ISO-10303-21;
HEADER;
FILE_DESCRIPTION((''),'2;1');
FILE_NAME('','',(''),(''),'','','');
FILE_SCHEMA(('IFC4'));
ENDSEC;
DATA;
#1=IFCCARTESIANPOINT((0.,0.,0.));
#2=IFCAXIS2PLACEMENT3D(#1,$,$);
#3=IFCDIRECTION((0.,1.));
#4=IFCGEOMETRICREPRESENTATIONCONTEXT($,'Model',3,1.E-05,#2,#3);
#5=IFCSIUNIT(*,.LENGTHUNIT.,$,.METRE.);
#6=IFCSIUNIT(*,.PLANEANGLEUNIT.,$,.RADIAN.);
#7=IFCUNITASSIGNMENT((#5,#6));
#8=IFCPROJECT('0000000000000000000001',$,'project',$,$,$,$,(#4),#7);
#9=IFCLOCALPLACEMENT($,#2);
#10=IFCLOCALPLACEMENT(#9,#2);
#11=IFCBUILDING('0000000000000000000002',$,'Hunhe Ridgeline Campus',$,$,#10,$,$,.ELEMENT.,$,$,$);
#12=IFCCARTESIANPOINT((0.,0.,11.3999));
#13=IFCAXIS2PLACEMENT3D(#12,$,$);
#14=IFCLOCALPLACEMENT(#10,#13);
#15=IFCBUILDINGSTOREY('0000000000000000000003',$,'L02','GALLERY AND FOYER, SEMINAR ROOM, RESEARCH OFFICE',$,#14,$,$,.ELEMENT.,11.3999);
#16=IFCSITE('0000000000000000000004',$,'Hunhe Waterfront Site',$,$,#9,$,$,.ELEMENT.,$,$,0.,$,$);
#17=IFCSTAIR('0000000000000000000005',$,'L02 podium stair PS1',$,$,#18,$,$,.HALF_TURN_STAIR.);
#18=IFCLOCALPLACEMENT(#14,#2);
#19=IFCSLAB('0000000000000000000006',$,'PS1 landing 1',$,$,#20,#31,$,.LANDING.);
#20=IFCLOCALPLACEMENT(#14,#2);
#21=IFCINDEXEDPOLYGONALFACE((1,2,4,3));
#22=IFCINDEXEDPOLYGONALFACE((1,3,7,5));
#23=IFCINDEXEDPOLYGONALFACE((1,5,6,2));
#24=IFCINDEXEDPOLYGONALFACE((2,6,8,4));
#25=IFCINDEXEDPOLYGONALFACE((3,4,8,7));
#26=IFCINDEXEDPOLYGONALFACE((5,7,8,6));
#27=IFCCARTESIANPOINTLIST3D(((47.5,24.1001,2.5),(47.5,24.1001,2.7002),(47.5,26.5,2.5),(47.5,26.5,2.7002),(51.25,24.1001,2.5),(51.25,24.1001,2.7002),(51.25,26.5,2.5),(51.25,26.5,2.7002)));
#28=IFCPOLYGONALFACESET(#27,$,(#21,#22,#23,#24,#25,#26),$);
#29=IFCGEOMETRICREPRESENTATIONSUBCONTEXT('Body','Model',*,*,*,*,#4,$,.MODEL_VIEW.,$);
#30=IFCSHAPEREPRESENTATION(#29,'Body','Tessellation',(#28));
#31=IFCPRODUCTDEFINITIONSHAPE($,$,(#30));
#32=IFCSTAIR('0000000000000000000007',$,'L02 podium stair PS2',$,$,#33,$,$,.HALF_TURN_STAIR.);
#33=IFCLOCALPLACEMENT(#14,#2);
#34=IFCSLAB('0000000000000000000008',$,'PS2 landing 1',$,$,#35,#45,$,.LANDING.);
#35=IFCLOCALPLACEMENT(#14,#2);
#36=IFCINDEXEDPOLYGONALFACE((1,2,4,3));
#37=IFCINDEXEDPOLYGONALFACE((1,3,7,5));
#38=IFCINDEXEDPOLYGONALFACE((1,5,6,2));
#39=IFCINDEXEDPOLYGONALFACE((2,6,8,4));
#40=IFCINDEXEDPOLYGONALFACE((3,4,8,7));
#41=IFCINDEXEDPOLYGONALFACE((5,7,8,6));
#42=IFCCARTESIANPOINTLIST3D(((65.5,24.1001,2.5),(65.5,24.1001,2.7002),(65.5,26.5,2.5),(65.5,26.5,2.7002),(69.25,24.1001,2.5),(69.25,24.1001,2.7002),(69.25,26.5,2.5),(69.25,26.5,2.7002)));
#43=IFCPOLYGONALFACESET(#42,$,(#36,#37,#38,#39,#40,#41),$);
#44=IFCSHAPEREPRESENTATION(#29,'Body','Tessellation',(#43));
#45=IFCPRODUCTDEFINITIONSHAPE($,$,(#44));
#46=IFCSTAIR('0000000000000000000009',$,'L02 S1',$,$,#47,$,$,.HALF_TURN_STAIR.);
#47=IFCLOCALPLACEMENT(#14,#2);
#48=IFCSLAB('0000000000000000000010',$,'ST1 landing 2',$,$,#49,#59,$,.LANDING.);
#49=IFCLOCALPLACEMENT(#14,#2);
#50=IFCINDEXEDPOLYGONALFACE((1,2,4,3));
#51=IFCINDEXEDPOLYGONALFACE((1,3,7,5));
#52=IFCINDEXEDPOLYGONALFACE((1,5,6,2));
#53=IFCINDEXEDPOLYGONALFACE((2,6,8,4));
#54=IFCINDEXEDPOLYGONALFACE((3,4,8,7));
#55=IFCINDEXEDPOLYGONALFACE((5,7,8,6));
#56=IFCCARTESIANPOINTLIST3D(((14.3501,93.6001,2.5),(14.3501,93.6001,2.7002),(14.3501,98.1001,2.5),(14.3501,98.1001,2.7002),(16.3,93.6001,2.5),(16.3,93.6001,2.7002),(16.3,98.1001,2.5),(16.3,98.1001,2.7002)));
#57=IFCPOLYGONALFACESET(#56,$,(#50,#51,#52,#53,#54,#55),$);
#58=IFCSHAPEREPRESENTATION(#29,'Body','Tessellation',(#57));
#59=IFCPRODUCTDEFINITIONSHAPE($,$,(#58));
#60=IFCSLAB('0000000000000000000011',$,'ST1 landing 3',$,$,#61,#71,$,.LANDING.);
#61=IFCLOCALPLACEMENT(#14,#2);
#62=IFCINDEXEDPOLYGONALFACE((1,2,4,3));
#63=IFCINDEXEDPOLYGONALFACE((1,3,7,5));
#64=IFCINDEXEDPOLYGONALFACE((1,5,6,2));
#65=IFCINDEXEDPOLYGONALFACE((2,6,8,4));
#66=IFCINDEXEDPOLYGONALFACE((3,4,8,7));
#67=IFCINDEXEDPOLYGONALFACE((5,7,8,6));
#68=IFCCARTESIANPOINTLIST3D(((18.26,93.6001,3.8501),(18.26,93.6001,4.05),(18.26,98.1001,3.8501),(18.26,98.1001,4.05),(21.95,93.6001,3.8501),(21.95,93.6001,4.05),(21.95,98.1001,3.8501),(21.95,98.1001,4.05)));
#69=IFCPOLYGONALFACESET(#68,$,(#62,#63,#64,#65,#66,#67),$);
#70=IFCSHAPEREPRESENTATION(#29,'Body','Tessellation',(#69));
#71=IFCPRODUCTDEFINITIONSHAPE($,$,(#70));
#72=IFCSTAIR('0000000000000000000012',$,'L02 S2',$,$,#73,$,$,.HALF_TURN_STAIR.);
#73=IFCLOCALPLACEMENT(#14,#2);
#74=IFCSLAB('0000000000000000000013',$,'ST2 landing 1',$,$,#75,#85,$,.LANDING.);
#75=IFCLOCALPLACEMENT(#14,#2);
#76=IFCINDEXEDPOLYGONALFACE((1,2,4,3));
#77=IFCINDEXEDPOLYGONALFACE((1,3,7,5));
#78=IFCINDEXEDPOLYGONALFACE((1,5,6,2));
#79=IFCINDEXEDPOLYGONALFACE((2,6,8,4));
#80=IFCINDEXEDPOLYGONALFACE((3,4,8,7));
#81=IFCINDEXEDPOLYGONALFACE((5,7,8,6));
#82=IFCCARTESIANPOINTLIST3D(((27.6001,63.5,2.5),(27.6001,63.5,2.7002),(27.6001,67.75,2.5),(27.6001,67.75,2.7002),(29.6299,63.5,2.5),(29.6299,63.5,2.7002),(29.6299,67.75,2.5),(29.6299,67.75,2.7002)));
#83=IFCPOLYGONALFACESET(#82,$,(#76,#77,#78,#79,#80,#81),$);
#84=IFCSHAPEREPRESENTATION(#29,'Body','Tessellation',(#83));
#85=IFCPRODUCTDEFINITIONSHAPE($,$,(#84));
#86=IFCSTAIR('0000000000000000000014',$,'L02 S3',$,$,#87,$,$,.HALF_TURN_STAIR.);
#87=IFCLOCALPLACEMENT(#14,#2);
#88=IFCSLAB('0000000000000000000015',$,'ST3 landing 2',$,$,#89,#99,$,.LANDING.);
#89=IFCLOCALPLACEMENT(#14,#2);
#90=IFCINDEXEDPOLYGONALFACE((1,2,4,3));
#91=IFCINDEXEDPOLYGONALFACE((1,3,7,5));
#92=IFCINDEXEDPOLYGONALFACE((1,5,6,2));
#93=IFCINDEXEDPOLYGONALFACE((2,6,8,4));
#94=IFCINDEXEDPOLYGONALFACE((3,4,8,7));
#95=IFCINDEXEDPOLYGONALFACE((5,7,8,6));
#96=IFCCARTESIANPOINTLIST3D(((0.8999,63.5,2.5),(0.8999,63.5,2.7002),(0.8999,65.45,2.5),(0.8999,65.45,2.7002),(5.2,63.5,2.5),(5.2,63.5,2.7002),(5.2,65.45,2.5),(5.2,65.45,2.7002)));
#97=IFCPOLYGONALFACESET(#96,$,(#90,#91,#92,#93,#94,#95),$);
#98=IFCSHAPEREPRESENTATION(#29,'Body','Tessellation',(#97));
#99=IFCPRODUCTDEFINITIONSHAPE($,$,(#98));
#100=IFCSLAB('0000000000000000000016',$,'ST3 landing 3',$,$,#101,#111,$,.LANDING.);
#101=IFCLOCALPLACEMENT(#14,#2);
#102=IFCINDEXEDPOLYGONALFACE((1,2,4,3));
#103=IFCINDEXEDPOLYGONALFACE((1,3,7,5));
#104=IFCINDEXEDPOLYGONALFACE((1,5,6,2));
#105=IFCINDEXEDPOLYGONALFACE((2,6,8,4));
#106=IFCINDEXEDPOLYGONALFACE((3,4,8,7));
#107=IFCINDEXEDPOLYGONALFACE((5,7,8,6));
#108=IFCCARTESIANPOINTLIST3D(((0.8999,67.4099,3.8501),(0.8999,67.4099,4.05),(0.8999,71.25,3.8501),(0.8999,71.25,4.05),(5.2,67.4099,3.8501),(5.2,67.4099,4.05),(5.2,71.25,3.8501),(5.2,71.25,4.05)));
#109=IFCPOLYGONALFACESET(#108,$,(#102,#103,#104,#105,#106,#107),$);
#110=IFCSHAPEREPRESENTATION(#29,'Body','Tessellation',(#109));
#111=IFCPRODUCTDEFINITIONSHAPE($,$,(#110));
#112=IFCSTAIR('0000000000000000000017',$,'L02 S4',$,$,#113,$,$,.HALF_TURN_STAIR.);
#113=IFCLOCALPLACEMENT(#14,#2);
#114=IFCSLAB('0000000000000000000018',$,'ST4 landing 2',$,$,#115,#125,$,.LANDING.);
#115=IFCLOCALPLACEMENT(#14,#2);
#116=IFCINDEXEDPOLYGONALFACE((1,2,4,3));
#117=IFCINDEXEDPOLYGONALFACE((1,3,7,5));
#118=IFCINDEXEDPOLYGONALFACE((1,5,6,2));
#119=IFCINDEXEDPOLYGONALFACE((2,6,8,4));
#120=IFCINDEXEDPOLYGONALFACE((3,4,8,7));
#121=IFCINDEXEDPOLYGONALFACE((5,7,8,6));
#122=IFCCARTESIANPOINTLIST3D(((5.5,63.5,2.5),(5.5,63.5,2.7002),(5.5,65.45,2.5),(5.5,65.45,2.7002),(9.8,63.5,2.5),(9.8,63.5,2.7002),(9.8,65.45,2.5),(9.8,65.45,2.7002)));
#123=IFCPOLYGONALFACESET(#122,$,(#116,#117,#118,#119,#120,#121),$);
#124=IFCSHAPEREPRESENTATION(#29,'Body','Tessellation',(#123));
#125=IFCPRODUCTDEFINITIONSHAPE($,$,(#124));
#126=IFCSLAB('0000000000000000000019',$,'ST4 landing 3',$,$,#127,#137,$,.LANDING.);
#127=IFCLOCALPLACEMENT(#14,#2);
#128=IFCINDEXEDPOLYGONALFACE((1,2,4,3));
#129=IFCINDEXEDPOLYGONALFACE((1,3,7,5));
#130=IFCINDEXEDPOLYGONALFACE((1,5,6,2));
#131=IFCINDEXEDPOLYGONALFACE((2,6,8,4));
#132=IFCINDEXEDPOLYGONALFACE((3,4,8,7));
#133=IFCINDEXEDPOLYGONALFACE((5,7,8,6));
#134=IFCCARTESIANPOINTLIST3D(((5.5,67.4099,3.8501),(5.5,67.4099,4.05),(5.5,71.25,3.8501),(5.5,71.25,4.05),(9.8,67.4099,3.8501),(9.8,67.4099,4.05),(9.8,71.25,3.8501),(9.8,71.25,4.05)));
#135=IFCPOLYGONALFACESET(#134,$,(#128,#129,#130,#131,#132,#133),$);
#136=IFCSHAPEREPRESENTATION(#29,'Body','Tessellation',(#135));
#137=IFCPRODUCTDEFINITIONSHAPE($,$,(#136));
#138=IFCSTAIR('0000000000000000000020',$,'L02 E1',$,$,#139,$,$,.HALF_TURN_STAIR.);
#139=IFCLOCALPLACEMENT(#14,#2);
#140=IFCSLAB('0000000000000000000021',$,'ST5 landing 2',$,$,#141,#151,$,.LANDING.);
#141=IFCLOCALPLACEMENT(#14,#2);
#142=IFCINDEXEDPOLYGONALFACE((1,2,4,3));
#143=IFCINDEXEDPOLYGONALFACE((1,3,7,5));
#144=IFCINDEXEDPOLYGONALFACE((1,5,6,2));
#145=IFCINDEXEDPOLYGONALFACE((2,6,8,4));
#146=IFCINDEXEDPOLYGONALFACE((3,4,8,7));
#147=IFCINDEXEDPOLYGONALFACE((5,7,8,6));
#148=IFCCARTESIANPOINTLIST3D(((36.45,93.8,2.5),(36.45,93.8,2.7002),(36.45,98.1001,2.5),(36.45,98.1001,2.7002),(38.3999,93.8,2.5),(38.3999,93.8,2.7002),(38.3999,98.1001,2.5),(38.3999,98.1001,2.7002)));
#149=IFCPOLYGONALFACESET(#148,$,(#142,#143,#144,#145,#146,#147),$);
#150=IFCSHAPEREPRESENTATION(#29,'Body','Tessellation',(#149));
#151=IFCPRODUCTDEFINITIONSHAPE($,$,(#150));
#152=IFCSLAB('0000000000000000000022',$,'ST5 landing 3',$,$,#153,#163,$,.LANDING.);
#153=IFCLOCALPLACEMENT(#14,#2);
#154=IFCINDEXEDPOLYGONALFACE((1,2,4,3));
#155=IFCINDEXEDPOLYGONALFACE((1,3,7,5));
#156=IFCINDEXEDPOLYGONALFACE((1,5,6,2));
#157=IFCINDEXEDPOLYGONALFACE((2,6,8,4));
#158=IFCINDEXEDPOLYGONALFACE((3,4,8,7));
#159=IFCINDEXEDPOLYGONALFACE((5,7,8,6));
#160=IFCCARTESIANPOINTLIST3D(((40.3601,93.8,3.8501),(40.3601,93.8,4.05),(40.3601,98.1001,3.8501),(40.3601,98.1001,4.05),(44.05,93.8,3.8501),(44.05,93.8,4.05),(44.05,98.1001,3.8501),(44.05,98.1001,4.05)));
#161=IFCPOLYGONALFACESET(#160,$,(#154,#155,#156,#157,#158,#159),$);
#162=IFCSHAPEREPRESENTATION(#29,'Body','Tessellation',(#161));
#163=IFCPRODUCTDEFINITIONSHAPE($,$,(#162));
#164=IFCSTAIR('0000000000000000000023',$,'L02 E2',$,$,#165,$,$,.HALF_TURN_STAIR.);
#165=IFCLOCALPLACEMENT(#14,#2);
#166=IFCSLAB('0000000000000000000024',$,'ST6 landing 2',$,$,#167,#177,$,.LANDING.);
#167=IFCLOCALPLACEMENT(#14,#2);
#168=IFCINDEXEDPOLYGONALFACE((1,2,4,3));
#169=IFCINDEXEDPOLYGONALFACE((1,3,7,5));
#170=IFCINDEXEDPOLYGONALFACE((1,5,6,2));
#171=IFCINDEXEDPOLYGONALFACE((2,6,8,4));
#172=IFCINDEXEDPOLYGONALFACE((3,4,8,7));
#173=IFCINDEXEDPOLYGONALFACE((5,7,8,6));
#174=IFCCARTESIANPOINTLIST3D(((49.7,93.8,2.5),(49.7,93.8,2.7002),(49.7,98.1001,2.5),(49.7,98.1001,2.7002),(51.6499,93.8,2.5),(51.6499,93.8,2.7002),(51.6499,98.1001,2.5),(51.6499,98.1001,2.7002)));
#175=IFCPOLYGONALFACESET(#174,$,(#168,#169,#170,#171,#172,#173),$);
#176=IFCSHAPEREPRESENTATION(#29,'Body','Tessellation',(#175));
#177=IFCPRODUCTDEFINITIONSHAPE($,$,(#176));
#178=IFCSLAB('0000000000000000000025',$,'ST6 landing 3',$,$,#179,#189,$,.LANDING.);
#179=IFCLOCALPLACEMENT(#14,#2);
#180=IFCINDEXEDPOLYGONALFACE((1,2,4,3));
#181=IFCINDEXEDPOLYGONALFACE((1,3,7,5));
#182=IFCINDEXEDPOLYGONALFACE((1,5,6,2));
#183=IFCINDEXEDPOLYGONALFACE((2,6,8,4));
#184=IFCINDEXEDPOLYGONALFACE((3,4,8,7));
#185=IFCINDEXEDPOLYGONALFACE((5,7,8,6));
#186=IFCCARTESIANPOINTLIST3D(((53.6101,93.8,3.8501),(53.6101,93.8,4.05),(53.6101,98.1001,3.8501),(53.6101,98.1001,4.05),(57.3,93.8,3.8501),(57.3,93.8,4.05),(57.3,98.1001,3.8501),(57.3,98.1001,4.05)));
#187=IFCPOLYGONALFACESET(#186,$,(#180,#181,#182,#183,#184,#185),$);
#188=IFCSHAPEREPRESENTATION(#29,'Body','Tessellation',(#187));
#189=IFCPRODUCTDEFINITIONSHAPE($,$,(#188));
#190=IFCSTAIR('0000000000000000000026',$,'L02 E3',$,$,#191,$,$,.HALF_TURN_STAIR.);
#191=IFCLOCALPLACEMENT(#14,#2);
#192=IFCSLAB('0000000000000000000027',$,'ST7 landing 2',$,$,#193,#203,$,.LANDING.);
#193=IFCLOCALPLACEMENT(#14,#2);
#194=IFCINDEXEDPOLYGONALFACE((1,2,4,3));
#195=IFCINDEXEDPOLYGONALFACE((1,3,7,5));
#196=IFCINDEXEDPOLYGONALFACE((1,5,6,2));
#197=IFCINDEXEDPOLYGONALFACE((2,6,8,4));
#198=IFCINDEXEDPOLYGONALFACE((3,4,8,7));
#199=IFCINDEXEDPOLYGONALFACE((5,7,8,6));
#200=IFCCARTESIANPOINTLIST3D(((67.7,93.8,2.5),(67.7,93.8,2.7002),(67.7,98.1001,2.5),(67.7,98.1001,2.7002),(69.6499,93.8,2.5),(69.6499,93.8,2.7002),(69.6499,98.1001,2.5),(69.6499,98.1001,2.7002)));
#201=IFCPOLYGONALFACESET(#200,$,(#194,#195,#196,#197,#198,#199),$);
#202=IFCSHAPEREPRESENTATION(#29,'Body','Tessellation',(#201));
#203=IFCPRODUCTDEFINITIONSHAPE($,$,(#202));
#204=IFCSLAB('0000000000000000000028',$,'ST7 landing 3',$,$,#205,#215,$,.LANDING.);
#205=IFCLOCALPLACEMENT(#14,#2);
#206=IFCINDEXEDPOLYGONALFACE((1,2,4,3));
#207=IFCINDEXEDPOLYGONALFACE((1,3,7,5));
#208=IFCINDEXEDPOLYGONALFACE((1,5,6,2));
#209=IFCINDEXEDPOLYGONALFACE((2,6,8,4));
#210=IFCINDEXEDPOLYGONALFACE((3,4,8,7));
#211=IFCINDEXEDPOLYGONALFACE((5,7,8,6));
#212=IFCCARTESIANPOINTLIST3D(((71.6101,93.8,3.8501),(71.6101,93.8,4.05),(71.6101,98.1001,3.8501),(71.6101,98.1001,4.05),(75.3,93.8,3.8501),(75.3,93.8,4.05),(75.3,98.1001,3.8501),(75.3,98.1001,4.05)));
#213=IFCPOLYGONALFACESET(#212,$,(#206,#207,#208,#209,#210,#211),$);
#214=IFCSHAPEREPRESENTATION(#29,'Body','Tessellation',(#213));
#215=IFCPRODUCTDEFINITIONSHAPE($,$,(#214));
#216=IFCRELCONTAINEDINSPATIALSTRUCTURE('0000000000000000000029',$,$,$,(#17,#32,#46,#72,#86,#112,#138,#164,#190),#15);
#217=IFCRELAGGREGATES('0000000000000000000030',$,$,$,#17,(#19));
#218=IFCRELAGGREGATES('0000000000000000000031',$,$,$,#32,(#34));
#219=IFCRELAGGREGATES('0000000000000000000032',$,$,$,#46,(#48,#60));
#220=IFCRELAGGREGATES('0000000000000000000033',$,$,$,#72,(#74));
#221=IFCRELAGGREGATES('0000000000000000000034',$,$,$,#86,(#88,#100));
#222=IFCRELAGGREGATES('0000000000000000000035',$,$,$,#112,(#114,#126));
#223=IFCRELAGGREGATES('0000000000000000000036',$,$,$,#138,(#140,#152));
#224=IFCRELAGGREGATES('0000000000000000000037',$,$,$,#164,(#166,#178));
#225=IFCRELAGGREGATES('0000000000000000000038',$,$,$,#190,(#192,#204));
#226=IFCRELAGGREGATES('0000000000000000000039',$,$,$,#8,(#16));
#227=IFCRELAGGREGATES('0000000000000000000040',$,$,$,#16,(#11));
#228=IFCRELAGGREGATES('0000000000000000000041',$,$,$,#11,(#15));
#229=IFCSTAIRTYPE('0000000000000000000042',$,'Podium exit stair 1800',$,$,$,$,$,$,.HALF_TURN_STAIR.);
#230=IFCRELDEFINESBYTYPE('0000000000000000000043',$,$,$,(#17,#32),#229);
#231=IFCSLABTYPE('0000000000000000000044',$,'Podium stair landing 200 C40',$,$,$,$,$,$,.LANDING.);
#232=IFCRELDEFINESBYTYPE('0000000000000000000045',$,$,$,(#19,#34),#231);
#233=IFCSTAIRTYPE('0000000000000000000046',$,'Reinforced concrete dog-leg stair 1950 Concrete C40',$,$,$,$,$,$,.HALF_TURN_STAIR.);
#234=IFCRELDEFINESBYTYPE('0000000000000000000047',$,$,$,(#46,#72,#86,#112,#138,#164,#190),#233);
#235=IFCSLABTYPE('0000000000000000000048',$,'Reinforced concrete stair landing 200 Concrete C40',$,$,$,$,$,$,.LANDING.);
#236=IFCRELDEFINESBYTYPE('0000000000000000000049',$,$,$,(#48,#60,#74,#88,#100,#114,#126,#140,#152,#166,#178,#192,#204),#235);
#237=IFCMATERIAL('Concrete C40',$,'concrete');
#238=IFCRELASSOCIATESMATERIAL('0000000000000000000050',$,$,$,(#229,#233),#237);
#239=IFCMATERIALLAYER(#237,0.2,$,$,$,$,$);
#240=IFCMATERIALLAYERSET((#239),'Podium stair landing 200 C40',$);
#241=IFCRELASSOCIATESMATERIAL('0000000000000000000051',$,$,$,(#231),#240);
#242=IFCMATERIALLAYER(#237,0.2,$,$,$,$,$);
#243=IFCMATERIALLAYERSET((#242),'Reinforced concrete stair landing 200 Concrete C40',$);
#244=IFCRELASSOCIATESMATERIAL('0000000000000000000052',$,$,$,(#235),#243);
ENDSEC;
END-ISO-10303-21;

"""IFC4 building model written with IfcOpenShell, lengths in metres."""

from ifc_helpers import new_model, si_unit, direction, frame, origin, place, context, subcontext, project, spatial, polyline, outline, extrude, material, layer, layer_set, type_object, element, aggregate, save


model = new_model("IFC4")

# Units and contexts
model_context = context("Model", 3, precision=1e-05, world=origin(), true_north=direction((0.0, 1.0)))
body_context = subcontext(model_context, "Body", "Model", "MODEL_VIEW")
ifc_project = project(units=[si_unit("LENGTHUNIT", "METRE"), si_unit("PLANEANGLEUNIT", "RADIAN")], contexts=[model_context])

# Site, building, storey
site_placement = place(None, origin())
site = spatial("IfcSite", under=ifc_project, at=site_placement, Name="Hunhe Waterfront Site", CompositionType="ELEMENT", RefElevation=0.0)
building_placement = place(site_placement, origin())
building = spatial("IfcBuilding", under=site, at=building_placement, Name="Hunhe Ridgeline Campus", CompositionType="ELEMENT")
storey_placement = place(building_placement, frame((0.0, 0.0, 11.3999)))
storey = spatial("IfcBuildingStorey", under=building, at=storey_placement, Name="L02", Description="GALLERY AND FOYER, SEMINAR ROOM, RESEARCH OFFICE", CompositionType="ELEMENT", Elevation=11.3999)

# Stairs, slabs
ifc_material = material(Name="Concrete C40", Category="concrete")
stair_type_1 = type_object("IfcStairType", Name="Podium exit stair 1800", PredefinedType="HALF_TURN_STAIR", material=ifc_material)
stair_1_placement = place(storey_placement, origin())
stair_1 = element("IfcStair", 1, at=stair_1_placement, inside=storey, type_object=stair_type_1, Name="L02 podium stair PS1", PredefinedType="HALF_TURN_STAIR")
ifc_layer_1 = layer(ifc_material, 0.2)
ifc_layer_set_1 = layer_set([ifc_layer_1], Name="Podium stair landing 200 C40")
slab_type_1 = type_object("IfcSlabType", Name="Podium stair landing 200 C40", PredefinedType="LANDING", material=ifc_layer_set_1)
slab_1_placement = place(storey_placement, frame((0.0, 0.0, 2.5)))
slab_1 = element("IfcSlab", 2, at=slab_1_placement, type_object=slab_type_1, Name="PS1 landing 1", PredefinedType="LANDING", context=body_context, shape_type="SweptSolid", body=[
    extrude(outline(polyline([(51.25, 24.1001), (51.25, 26.5), (47.5, 26.5), (47.5, 24.1001), (51.25, 24.1001)])), origin(), (0.0, 0.0, 1.0), 0.2002),
])
aggregate(stair_1, [slab_1])
stair_2_placement = place(storey_placement, origin())
stair_2 = element("IfcStair", 3, at=stair_2_placement, inside=storey, type_object=stair_type_1, Name="L02 podium stair PS2", PredefinedType="HALF_TURN_STAIR")
slab_2_placement = place(storey_placement, frame((0.0, 0.0, 2.5)))
slab_2 = element("IfcSlab", 4, at=slab_2_placement, type_object=slab_type_1, Name="PS2 landing 1", PredefinedType="LANDING", context=body_context, shape_type="SweptSolid", body=[
    extrude(outline(polyline([(69.25, 24.1001), (69.25, 26.5), (65.5, 26.5), (65.5, 24.1001), (69.25, 24.1001)])), origin(), (0.0, 0.0, 1.0), 0.2002),
])
aggregate(stair_2, [slab_2])

# Stair, slabs
stair_type_2 = type_object("IfcStairType", Name="Reinforced concrete dog-leg stair 1950 Concrete C40", PredefinedType="HALF_TURN_STAIR", material=ifc_material)
stair_3_placement = place(storey_placement, origin())
stair_3 = element("IfcStair", 5, at=stair_3_placement, inside=storey, type_object=stair_type_2, Name="L02 S1", PredefinedType="HALF_TURN_STAIR")
ifc_layer_2 = layer(ifc_material, 0.2)
ifc_layer_set_2 = layer_set([ifc_layer_2], Name="Reinforced concrete stair landing 200 Concrete C40")
slab_type_2 = type_object("IfcSlabType", Name="Reinforced concrete stair landing 200 Concrete C40", PredefinedType="LANDING", material=ifc_layer_set_2)
slab_3_placement = place(storey_placement, frame((0.0, 0.0, 2.5)))
slab_3 = element("IfcSlab", 6, at=slab_3_placement, type_object=slab_type_2, Name="ST1 landing 2", PredefinedType="LANDING", context=body_context, shape_type="SweptSolid", body=[
    extrude(outline(polyline([(14.3501, 93.6001), (16.3, 93.6001), (16.3, 98.1001), (14.3501, 98.1001), (14.3501, 93.6001)])), origin(), (0.0, 0.0, 1.0), 0.2002),
])
slab_4_placement = place(storey_placement, frame((0.0, 0.0, 3.8501)))
slab_4 = element("IfcSlab", 7, at=slab_4_placement, type_object=slab_type_2, Name="ST1 landing 3", PredefinedType="LANDING", context=body_context, shape_type="SweptSolid", body=[
    extrude(outline(polyline([(18.26, 93.6001), (21.95, 93.6001), (21.95, 98.1001), (18.26, 98.1001), (18.26, 93.6001)])), origin(), (0.0, 0.0, 1.0), 0.2),
])
aggregate(stair_3, [slab_3, slab_4])

# Stair, slab
stair_4_placement = place(storey_placement, origin())
stair_4 = element("IfcStair", 8, at=stair_4_placement, inside=storey, type_object=stair_type_2, Name="L02 S2", PredefinedType="HALF_TURN_STAIR")
slab_5_placement = place(storey_placement, frame((0.0, 0.0, 2.5)))
slab_5 = element("IfcSlab", 9, at=slab_5_placement, type_object=slab_type_2, Name="ST2 landing 1", PredefinedType="LANDING", context=body_context, shape_type="SweptSolid", body=[
    extrude(outline(polyline([(29.6299, 67.75), (27.6001, 67.75), (27.6001, 63.5), (29.6299, 63.5), (29.6299, 67.75)])), origin(), (0.0, 0.0, 1.0), 0.2002),
])
aggregate(stair_4, [slab_5])

# Stairs, slabs
stair_5_placement = place(storey_placement, origin())
stair_5 = element("IfcStair", 10, at=stair_5_placement, inside=storey, type_object=stair_type_2, Name="L02 S3", PredefinedType="HALF_TURN_STAIR")
slab_6_placement = place(storey_placement, frame((0.0, 0.0, 2.5)))
slab_6 = element("IfcSlab", 11, at=slab_6_placement, type_object=slab_type_2, Name="ST3 landing 2", PredefinedType="LANDING", context=body_context, shape_type="SweptSolid", body=[
    extrude(outline(polyline([(5.2, 63.5), (5.2, 65.45), (0.8999, 65.45), (0.8999, 63.5), (5.2, 63.5)])), origin(), (0.0, 0.0, 1.0), 0.2002),
])
slab_7_placement = place(storey_placement, frame((0.0, 0.0, 3.8501)))
slab_7 = element("IfcSlab", 12, at=slab_7_placement, type_object=slab_type_2, Name="ST3 landing 3", PredefinedType="LANDING", context=body_context, shape_type="SweptSolid", body=[
    extrude(outline(polyline([(5.2, 67.4099), (5.2, 71.25), (0.8999, 71.25), (0.8999, 67.4099), (5.2, 67.4099)])), origin(), (0.0, 0.0, 1.0), 0.2),
])
aggregate(stair_5, [slab_6, slab_7])
stair_6_placement = place(storey_placement, origin())
stair_6 = element("IfcStair", 13, at=stair_6_placement, inside=storey, type_object=stair_type_2, Name="L02 S4", PredefinedType="HALF_TURN_STAIR")
slab_8_placement = place(storey_placement, frame((0.0, 0.0, 2.5)))
slab_8 = element("IfcSlab", 14, at=slab_8_placement, type_object=slab_type_2, Name="ST4 landing 2", PredefinedType="LANDING", context=body_context, shape_type="SweptSolid", body=[
    extrude(outline(polyline([(9.8, 63.5), (9.8, 65.45), (5.5, 65.45), (5.5, 63.5), (9.8, 63.5)])), origin(), (0.0, 0.0, 1.0), 0.2002),
])
slab_9_placement = place(storey_placement, frame((0.0, 0.0, 3.8501)))
slab_9 = element("IfcSlab", 15, at=slab_9_placement, type_object=slab_type_2, Name="ST4 landing 3", PredefinedType="LANDING", context=body_context, shape_type="SweptSolid", body=[
    extrude(outline(polyline([(9.8, 67.4099), (9.8, 71.25), (5.5, 71.25), (5.5, 67.4099), (9.8, 67.4099)])), origin(), (0.0, 0.0, 1.0), 0.2),
])
aggregate(stair_6, [slab_8, slab_9])
stair_7_placement = place(storey_placement, origin())
stair_7 = element("IfcStair", 16, at=stair_7_placement, inside=storey, type_object=stair_type_2, Name="L02 E1", PredefinedType="HALF_TURN_STAIR")
slab_10_placement = place(storey_placement, frame((0.0, 0.0, 2.5)))
slab_10 = element("IfcSlab", 17, at=slab_10_placement, type_object=slab_type_2, Name="ST5 landing 2", PredefinedType="LANDING", context=body_context, shape_type="SweptSolid", body=[
    extrude(outline(polyline([(36.45, 93.8), (38.3999, 93.8), (38.3999, 98.1001), (36.45, 98.1001), (36.45, 93.8)])), origin(), (0.0, 0.0, 1.0), 0.2002),
])
slab_11_placement = place(storey_placement, frame((0.0, 0.0, 3.8501)))
slab_11 = element("IfcSlab", 18, at=slab_11_placement, type_object=slab_type_2, Name="ST5 landing 3", PredefinedType="LANDING", context=body_context, shape_type="SweptSolid", body=[
    extrude(outline(polyline([(40.3601, 93.8), (44.05, 93.8), (44.05, 98.1001), (40.3601, 98.1001), (40.3601, 93.8)])), origin(), (0.0, 0.0, 1.0), 0.2),
])
aggregate(stair_7, [slab_10, slab_11])
stair_8_placement = place(storey_placement, origin())
stair_8 = element("IfcStair", 19, at=stair_8_placement, inside=storey, type_object=stair_type_2, Name="L02 E2", PredefinedType="HALF_TURN_STAIR")
slab_12_placement = place(storey_placement, frame((0.0, 0.0, 2.5)))
slab_12 = element("IfcSlab", 20, at=slab_12_placement, type_object=slab_type_2, Name="ST6 landing 2", PredefinedType="LANDING", context=body_context, shape_type="SweptSolid", body=[
    extrude(outline(polyline([(49.7, 93.8), (51.6499, 93.8), (51.6499, 98.1001), (49.7, 98.1001), (49.7, 93.8)])), origin(), (0.0, 0.0, 1.0), 0.2002),
])
slab_13_placement = place(storey_placement, frame((0.0, 0.0, 3.8501)))
slab_13 = element("IfcSlab", 21, at=slab_13_placement, type_object=slab_type_2, Name="ST6 landing 3", PredefinedType="LANDING", context=body_context, shape_type="SweptSolid", body=[
    extrude(outline(polyline([(53.6101, 93.8), (57.3, 93.8), (57.3, 98.1001), (53.6101, 98.1001), (53.6101, 93.8)])), origin(), (0.0, 0.0, 1.0), 0.2),
])
aggregate(stair_8, [slab_12, slab_13])
stair_9_placement = place(storey_placement, origin())
stair_9 = element("IfcStair", 22, at=stair_9_placement, inside=storey, type_object=stair_type_2, Name="L02 E3", PredefinedType="HALF_TURN_STAIR")
slab_14_placement = place(storey_placement, frame((0.0, 0.0, 2.5)))
slab_14 = element("IfcSlab", 23, at=slab_14_placement, type_object=slab_type_2, Name="ST7 landing 2", PredefinedType="LANDING", context=body_context, shape_type="SweptSolid", body=[
    extrude(outline(polyline([(67.7, 93.8), (69.6499, 93.8), (69.6499, 98.1001), (67.7, 98.1001), (67.7, 93.8)])), origin(), (0.0, 0.0, 1.0), 0.2002),
])
slab_15_placement = place(storey_placement, frame((0.0, 0.0, 3.8501)))
slab_15 = element("IfcSlab", 24, at=slab_15_placement, type_object=slab_type_2, Name="ST7 landing 3", PredefinedType="LANDING", context=body_context, shape_type="SweptSolid", body=[
    extrude(outline(polyline([(71.6101, 93.8), (75.3, 93.8), (75.3, 98.1001), (71.6101, 98.1001), (71.6101, 93.8)])), origin(), (0.0, 0.0, 1.0), 0.2),
])
aggregate(stair_9, [slab_14, slab_15])

save(model, "model.ifc")
